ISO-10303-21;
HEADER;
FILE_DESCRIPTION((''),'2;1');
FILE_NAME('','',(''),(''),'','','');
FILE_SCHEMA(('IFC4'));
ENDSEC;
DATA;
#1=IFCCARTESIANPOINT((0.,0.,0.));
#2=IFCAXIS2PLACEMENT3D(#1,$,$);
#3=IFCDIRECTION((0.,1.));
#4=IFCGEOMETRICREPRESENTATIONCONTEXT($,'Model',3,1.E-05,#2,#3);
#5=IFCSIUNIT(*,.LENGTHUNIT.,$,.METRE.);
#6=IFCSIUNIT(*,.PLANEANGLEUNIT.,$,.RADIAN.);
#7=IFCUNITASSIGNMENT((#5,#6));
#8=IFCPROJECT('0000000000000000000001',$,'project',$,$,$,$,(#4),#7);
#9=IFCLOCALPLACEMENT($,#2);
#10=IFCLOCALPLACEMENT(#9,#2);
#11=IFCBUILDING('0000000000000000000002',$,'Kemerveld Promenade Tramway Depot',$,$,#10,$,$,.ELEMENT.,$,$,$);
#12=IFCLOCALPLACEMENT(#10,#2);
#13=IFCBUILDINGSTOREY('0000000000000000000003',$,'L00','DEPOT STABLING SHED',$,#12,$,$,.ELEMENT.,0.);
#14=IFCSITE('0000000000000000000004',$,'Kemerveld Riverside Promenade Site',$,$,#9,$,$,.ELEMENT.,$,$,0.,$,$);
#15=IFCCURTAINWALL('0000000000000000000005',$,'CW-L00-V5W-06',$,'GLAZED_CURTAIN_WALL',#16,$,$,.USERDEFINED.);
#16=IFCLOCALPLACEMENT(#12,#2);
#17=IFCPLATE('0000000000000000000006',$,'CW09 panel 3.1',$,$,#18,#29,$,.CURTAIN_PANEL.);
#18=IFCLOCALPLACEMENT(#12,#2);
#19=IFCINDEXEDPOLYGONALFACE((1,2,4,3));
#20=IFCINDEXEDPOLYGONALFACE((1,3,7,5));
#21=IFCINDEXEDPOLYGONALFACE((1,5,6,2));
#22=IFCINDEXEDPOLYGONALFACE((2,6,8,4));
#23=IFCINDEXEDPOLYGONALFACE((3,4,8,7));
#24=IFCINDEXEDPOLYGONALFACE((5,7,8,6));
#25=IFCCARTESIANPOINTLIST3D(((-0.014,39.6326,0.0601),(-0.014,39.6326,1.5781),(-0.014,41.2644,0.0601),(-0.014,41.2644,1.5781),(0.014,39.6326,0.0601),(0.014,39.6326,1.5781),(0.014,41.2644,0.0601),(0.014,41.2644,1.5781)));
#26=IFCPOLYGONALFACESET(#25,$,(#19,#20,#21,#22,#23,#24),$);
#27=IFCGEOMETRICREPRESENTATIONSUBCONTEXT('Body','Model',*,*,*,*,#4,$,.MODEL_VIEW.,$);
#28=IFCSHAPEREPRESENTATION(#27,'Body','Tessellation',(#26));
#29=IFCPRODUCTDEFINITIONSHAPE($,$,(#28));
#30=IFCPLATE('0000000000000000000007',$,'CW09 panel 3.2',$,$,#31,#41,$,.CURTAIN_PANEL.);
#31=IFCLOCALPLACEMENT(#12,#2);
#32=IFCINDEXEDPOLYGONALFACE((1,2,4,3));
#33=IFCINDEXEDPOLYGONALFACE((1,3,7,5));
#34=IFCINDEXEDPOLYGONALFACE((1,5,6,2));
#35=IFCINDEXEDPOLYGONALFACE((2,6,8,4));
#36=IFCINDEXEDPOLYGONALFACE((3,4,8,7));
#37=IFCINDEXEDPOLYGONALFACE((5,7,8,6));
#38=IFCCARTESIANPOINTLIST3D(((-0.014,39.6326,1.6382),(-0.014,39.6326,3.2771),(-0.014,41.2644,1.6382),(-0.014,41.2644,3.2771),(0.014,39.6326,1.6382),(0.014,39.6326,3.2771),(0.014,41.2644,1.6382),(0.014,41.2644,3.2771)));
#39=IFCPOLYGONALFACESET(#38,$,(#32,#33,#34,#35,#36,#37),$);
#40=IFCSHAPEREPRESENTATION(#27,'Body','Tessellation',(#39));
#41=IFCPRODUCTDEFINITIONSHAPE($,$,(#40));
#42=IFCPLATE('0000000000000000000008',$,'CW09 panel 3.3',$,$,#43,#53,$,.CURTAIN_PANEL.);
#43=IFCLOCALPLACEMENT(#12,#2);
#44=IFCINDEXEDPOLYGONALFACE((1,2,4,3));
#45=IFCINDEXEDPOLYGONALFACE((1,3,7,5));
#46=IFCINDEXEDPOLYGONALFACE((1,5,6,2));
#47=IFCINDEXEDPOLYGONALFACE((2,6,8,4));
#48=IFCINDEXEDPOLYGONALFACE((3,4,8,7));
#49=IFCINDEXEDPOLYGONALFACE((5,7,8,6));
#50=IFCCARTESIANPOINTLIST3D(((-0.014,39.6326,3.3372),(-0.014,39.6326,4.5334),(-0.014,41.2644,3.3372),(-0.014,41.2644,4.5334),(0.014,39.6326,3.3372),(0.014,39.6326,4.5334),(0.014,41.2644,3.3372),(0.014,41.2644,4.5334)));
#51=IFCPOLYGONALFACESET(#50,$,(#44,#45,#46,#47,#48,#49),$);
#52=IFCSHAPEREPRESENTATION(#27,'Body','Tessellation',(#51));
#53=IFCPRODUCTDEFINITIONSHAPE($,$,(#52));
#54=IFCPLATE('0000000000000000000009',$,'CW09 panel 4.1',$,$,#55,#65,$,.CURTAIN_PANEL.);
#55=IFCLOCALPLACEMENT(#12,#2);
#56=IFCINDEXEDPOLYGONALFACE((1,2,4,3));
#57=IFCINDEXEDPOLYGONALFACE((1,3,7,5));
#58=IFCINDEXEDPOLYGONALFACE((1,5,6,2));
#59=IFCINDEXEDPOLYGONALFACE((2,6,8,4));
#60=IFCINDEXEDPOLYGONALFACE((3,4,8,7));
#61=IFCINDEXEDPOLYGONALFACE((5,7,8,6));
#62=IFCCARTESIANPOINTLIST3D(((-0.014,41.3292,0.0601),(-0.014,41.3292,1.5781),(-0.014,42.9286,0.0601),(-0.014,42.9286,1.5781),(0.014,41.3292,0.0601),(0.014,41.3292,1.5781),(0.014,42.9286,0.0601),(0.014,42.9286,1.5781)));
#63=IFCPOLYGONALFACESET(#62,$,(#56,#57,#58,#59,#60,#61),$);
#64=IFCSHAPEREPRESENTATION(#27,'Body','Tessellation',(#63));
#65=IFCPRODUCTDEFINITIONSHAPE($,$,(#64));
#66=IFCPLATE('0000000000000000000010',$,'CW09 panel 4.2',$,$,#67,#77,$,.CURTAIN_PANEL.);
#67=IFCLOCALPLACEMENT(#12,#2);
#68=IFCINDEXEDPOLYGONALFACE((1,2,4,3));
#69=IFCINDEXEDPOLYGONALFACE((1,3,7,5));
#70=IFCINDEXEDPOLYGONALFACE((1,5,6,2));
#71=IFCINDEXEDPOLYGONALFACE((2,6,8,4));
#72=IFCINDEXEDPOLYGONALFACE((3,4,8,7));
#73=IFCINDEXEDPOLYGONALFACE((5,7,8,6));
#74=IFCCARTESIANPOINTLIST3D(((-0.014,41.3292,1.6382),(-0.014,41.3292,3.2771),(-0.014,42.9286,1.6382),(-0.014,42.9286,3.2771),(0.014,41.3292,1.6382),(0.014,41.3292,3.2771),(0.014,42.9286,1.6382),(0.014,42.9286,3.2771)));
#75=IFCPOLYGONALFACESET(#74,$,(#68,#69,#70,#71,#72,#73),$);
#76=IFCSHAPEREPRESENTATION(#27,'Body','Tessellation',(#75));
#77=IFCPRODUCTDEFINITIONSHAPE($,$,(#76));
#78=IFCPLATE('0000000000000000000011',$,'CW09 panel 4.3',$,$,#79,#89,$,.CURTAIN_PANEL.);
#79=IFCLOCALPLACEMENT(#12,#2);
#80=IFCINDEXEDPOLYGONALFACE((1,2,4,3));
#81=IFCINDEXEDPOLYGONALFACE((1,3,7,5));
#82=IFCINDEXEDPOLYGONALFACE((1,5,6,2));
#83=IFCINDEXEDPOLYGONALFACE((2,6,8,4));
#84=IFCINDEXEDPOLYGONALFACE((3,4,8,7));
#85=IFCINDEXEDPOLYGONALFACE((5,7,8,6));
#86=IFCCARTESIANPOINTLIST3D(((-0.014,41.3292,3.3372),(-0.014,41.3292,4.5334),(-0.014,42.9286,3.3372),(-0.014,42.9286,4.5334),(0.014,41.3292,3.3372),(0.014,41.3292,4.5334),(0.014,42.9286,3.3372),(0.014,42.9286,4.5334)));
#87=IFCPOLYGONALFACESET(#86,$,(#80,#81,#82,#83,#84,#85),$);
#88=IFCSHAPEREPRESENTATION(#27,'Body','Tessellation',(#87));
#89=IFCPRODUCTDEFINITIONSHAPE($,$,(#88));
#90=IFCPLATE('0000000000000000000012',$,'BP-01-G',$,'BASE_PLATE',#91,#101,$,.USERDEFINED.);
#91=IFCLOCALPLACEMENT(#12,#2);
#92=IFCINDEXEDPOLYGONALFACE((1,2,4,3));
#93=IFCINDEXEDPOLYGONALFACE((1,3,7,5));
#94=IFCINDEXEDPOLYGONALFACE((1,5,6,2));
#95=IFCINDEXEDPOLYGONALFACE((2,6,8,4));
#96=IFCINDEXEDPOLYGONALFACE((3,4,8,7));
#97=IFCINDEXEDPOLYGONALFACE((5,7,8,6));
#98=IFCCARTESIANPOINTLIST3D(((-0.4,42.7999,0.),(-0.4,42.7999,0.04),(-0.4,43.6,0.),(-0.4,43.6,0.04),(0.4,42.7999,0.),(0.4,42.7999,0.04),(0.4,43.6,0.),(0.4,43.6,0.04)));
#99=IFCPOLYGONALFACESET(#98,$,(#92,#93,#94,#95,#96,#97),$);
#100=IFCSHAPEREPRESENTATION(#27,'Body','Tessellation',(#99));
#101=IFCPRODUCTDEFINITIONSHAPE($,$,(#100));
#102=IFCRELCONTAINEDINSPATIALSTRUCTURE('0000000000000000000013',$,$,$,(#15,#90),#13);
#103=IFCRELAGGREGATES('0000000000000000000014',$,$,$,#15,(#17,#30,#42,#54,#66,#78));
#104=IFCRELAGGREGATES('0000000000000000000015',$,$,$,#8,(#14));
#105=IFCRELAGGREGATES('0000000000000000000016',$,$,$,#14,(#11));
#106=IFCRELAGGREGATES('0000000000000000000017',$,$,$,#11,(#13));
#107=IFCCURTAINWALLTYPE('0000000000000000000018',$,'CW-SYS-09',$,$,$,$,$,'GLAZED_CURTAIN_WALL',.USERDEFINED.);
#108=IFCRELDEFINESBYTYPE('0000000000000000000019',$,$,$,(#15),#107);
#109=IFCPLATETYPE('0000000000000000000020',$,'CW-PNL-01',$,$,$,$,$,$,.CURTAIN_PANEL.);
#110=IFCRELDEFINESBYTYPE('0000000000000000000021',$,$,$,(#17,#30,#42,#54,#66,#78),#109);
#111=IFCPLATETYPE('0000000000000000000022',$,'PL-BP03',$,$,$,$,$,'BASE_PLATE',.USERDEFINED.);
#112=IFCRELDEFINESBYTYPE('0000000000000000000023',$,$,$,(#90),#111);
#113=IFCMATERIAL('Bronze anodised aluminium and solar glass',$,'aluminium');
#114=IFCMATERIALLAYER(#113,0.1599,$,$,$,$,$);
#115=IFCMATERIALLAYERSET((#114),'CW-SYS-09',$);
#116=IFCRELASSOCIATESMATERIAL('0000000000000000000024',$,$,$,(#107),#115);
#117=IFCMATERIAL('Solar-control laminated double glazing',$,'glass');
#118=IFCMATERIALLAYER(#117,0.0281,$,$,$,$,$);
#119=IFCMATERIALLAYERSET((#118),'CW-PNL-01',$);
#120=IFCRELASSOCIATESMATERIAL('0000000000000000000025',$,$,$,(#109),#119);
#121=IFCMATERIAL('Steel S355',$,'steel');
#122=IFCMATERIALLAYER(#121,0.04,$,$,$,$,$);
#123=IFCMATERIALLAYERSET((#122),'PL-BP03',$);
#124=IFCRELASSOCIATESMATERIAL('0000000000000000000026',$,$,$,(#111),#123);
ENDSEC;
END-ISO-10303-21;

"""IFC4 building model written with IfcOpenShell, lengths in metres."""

from ifc_helpers import new_model, si_unit, direction, frame, origin, origin_2d, place, context, subcontext, project, spatial, rectangle, extrude, material, layer, layer_set, type_object, element, aggregate, save


model = new_model("IFC4")

# Units and contexts
model_context = context("Model", 3, precision=1e-05, world=origin(), true_north=direction((0.0, 1.0)))
body_context = subcontext(model_context, "Body", "Model", "MODEL_VIEW")
ifc_project = project(units=[si_unit("LENGTHUNIT", "METRE"), si_unit("PLANEANGLEUNIT", "RADIAN")], contexts=[model_context])

# Site, building, storey
site_placement = place(None, origin())
site = spatial("IfcSite", under=ifc_project, at=site_placement, Name="Kemerveld Riverside Promenade Site", CompositionType="ELEMENT", RefElevation=0.0)
building_placement = place(site_placement, origin())
building = spatial("IfcBuilding", under=site, at=building_placement, Name="Kemerveld Promenade Tramway Depot", CompositionType="ELEMENT")
storey_placement = place(building_placement, origin())
storey = spatial("IfcBuildingStorey", under=building, at=storey_placement, Name="L00", Description="DEPOT STABLING SHED", CompositionType="ELEMENT", Elevation=0.0)

# Shared definitions
ifc_material_1 = material(Name="Steel S355", Category="steel")

# Curtain wall, plates
ifc_material_2 = material(Name="Bronze anodised aluminium and solar glass", Category="aluminium")
ifc_layer_1 = layer(ifc_material_2, 0.1599)
ifc_layer_set_1 = layer_set([ifc_layer_1], Name="CW-SYS-09")
curtain_wall_type = type_object("IfcCurtainWallType", Name="CW-SYS-09", ElementType="GLAZED_CURTAIN_WALL", PredefinedType="USERDEFINED", material=ifc_layer_set_1)
curtain_wall_placement = place(storey_placement, origin())
curtain_wall = element("IfcCurtainWall", 1, at=curtain_wall_placement, inside=storey, type_object=curtain_wall_type, Name="CW-L00-V5W-06", ObjectType="GLAZED_CURTAIN_WALL", PredefinedType="USERDEFINED")
ifc_material_3 = material(Name="Solar-control laminated double glazing", Category="glass")
ifc_layer_2 = layer(ifc_material_3, 0.0281)
ifc_layer_set_2 = layer_set([ifc_layer_2], Name="CW-PNL-01")
plate_type_1 = type_object("IfcPlateType", Name="CW-PNL-01", PredefinedType="CURTAIN_PANEL", material=ifc_layer_set_2)
plate_1_placement = place(storey_placement, frame((0.0, 40.4485, 0.0601), z_axis=(0.0, 0.0, 1.0), x_axis=(0.0, 1.0, 0.0)))
plate_1 = element("IfcPlate", 2, at=plate_1_placement, type_object=plate_type_1, Name="CW09 panel 3.1", PredefinedType="CURTAIN_PANEL", context=body_context, shape_type="SweptSolid", body=[
    extrude(rectangle(XDim=1.6318, YDim=0.0281, at=origin_2d()), origin(), (0.0, 0.0, 1.0), 1.5181),
])
plate_2_placement = place(storey_placement, frame((0.0, 40.4485, 1.6382), z_axis=(0.0, 0.0, 1.0), x_axis=(0.0, 1.0, 0.0)))
plate_2 = element("IfcPlate", 3, at=plate_2_placement, type_object=plate_type_1, Name="CW09 panel 3.2", PredefinedType="CURTAIN_PANEL", context=body_context, shape_type="SweptSolid", body=[
    extrude(rectangle(XDim=1.6318, YDim=0.0281, at=origin_2d()), origin(), (0.0, 0.0, 1.0), 1.6389),
])
plate_3_placement = place(storey_placement, frame((0.0, 40.4485, 3.3372), z_axis=(0.0, 0.0, 1.0), x_axis=(0.0, 1.0, 0.0)))
plate_3 = element("IfcPlate", 4, at=plate_3_placement, type_object=plate_type_1, Name="CW09 panel 3.3", PredefinedType="CURTAIN_PANEL", context=body_context, shape_type="SweptSolid", body=[
    extrude(rectangle(XDim=1.6318, YDim=0.0281, at=origin_2d()), origin(), (0.0, 0.0, 1.0), 1.1963),
])
plate_4_placement = place(storey_placement, frame((0.0, 42.1289, 0.0601), z_axis=(0.0, 0.0, 1.0), x_axis=(0.0, 1.0, 0.0)))
plate_4 = element("IfcPlate", 5, at=plate_4_placement, type_object=plate_type_1, Name="CW09 panel 4.1", PredefinedType="CURTAIN_PANEL", context=body_context, shape_type="SweptSolid", body=[
    extrude(rectangle(XDim=1.5994, YDim=0.0281, at=origin_2d()), origin(), (0.0, 0.0, 1.0), 1.5181),
])
plate_5_placement = place(storey_placement, frame((0.0, 42.1289, 1.6382), z_axis=(0.0, 0.0, 1.0), x_axis=(0.0, 1.0, 0.0)))
plate_5 = element("IfcPlate", 6, at=plate_5_placement, type_object=plate_type_1, Name="CW09 panel 4.2", PredefinedType="CURTAIN_PANEL", context=body_context, shape_type="SweptSolid", body=[
    extrude(rectangle(XDim=1.5994, YDim=0.0281, at=origin_2d()), origin(), (0.0, 0.0, 1.0), 1.6389),
])
plate_6_placement = place(storey_placement, frame((0.0, 42.1289, 3.3372), z_axis=(0.0, 0.0, 1.0), x_axis=(0.0, 1.0, 0.0)))
plate_6 = element("IfcPlate", 7, at=plate_6_placement, type_object=plate_type_1, Name="CW09 panel 4.3", PredefinedType="CURTAIN_PANEL", context=body_context, shape_type="SweptSolid", body=[
    extrude(rectangle(XDim=1.5994, YDim=0.0281, at=origin_2d()), origin(), (0.0, 0.0, 1.0), 1.1963),
])
aggregate(curtain_wall, [plate_1, plate_2, plate_3, plate_4, plate_5, plate_6])

# Plate
ifc_layer_3 = layer(ifc_material_1, 0.04)
ifc_layer_set_3 = layer_set([ifc_layer_3], Name="PL-BP03")
plate_type_2 = type_object("IfcPlateType", Name="PL-BP03", ElementType="BASE_PLATE", PredefinedType="USERDEFINED", material=ifc_layer_set_3)
plate_7_placement = place(storey_placement, frame((0.0, 43.2, 0.0), z_axis=(0.0, 0.0, 1.0), x_axis=(1.0, 0.0, 0.0)))
element("IfcPlate", 8, at=plate_7_placement, inside=storey, type_object=plate_type_2, Name="BP-01-G", ObjectType="BASE_PLATE", PredefinedType="USERDEFINED", context=body_context, shape_type="SweptSolid", body=[
    extrude(rectangle(XDim=0.8, YDim=0.8, at=origin_2d()), origin(), (0.0, 0.0, 1.0), 0.04),
])

save(model, "model.ifc")
